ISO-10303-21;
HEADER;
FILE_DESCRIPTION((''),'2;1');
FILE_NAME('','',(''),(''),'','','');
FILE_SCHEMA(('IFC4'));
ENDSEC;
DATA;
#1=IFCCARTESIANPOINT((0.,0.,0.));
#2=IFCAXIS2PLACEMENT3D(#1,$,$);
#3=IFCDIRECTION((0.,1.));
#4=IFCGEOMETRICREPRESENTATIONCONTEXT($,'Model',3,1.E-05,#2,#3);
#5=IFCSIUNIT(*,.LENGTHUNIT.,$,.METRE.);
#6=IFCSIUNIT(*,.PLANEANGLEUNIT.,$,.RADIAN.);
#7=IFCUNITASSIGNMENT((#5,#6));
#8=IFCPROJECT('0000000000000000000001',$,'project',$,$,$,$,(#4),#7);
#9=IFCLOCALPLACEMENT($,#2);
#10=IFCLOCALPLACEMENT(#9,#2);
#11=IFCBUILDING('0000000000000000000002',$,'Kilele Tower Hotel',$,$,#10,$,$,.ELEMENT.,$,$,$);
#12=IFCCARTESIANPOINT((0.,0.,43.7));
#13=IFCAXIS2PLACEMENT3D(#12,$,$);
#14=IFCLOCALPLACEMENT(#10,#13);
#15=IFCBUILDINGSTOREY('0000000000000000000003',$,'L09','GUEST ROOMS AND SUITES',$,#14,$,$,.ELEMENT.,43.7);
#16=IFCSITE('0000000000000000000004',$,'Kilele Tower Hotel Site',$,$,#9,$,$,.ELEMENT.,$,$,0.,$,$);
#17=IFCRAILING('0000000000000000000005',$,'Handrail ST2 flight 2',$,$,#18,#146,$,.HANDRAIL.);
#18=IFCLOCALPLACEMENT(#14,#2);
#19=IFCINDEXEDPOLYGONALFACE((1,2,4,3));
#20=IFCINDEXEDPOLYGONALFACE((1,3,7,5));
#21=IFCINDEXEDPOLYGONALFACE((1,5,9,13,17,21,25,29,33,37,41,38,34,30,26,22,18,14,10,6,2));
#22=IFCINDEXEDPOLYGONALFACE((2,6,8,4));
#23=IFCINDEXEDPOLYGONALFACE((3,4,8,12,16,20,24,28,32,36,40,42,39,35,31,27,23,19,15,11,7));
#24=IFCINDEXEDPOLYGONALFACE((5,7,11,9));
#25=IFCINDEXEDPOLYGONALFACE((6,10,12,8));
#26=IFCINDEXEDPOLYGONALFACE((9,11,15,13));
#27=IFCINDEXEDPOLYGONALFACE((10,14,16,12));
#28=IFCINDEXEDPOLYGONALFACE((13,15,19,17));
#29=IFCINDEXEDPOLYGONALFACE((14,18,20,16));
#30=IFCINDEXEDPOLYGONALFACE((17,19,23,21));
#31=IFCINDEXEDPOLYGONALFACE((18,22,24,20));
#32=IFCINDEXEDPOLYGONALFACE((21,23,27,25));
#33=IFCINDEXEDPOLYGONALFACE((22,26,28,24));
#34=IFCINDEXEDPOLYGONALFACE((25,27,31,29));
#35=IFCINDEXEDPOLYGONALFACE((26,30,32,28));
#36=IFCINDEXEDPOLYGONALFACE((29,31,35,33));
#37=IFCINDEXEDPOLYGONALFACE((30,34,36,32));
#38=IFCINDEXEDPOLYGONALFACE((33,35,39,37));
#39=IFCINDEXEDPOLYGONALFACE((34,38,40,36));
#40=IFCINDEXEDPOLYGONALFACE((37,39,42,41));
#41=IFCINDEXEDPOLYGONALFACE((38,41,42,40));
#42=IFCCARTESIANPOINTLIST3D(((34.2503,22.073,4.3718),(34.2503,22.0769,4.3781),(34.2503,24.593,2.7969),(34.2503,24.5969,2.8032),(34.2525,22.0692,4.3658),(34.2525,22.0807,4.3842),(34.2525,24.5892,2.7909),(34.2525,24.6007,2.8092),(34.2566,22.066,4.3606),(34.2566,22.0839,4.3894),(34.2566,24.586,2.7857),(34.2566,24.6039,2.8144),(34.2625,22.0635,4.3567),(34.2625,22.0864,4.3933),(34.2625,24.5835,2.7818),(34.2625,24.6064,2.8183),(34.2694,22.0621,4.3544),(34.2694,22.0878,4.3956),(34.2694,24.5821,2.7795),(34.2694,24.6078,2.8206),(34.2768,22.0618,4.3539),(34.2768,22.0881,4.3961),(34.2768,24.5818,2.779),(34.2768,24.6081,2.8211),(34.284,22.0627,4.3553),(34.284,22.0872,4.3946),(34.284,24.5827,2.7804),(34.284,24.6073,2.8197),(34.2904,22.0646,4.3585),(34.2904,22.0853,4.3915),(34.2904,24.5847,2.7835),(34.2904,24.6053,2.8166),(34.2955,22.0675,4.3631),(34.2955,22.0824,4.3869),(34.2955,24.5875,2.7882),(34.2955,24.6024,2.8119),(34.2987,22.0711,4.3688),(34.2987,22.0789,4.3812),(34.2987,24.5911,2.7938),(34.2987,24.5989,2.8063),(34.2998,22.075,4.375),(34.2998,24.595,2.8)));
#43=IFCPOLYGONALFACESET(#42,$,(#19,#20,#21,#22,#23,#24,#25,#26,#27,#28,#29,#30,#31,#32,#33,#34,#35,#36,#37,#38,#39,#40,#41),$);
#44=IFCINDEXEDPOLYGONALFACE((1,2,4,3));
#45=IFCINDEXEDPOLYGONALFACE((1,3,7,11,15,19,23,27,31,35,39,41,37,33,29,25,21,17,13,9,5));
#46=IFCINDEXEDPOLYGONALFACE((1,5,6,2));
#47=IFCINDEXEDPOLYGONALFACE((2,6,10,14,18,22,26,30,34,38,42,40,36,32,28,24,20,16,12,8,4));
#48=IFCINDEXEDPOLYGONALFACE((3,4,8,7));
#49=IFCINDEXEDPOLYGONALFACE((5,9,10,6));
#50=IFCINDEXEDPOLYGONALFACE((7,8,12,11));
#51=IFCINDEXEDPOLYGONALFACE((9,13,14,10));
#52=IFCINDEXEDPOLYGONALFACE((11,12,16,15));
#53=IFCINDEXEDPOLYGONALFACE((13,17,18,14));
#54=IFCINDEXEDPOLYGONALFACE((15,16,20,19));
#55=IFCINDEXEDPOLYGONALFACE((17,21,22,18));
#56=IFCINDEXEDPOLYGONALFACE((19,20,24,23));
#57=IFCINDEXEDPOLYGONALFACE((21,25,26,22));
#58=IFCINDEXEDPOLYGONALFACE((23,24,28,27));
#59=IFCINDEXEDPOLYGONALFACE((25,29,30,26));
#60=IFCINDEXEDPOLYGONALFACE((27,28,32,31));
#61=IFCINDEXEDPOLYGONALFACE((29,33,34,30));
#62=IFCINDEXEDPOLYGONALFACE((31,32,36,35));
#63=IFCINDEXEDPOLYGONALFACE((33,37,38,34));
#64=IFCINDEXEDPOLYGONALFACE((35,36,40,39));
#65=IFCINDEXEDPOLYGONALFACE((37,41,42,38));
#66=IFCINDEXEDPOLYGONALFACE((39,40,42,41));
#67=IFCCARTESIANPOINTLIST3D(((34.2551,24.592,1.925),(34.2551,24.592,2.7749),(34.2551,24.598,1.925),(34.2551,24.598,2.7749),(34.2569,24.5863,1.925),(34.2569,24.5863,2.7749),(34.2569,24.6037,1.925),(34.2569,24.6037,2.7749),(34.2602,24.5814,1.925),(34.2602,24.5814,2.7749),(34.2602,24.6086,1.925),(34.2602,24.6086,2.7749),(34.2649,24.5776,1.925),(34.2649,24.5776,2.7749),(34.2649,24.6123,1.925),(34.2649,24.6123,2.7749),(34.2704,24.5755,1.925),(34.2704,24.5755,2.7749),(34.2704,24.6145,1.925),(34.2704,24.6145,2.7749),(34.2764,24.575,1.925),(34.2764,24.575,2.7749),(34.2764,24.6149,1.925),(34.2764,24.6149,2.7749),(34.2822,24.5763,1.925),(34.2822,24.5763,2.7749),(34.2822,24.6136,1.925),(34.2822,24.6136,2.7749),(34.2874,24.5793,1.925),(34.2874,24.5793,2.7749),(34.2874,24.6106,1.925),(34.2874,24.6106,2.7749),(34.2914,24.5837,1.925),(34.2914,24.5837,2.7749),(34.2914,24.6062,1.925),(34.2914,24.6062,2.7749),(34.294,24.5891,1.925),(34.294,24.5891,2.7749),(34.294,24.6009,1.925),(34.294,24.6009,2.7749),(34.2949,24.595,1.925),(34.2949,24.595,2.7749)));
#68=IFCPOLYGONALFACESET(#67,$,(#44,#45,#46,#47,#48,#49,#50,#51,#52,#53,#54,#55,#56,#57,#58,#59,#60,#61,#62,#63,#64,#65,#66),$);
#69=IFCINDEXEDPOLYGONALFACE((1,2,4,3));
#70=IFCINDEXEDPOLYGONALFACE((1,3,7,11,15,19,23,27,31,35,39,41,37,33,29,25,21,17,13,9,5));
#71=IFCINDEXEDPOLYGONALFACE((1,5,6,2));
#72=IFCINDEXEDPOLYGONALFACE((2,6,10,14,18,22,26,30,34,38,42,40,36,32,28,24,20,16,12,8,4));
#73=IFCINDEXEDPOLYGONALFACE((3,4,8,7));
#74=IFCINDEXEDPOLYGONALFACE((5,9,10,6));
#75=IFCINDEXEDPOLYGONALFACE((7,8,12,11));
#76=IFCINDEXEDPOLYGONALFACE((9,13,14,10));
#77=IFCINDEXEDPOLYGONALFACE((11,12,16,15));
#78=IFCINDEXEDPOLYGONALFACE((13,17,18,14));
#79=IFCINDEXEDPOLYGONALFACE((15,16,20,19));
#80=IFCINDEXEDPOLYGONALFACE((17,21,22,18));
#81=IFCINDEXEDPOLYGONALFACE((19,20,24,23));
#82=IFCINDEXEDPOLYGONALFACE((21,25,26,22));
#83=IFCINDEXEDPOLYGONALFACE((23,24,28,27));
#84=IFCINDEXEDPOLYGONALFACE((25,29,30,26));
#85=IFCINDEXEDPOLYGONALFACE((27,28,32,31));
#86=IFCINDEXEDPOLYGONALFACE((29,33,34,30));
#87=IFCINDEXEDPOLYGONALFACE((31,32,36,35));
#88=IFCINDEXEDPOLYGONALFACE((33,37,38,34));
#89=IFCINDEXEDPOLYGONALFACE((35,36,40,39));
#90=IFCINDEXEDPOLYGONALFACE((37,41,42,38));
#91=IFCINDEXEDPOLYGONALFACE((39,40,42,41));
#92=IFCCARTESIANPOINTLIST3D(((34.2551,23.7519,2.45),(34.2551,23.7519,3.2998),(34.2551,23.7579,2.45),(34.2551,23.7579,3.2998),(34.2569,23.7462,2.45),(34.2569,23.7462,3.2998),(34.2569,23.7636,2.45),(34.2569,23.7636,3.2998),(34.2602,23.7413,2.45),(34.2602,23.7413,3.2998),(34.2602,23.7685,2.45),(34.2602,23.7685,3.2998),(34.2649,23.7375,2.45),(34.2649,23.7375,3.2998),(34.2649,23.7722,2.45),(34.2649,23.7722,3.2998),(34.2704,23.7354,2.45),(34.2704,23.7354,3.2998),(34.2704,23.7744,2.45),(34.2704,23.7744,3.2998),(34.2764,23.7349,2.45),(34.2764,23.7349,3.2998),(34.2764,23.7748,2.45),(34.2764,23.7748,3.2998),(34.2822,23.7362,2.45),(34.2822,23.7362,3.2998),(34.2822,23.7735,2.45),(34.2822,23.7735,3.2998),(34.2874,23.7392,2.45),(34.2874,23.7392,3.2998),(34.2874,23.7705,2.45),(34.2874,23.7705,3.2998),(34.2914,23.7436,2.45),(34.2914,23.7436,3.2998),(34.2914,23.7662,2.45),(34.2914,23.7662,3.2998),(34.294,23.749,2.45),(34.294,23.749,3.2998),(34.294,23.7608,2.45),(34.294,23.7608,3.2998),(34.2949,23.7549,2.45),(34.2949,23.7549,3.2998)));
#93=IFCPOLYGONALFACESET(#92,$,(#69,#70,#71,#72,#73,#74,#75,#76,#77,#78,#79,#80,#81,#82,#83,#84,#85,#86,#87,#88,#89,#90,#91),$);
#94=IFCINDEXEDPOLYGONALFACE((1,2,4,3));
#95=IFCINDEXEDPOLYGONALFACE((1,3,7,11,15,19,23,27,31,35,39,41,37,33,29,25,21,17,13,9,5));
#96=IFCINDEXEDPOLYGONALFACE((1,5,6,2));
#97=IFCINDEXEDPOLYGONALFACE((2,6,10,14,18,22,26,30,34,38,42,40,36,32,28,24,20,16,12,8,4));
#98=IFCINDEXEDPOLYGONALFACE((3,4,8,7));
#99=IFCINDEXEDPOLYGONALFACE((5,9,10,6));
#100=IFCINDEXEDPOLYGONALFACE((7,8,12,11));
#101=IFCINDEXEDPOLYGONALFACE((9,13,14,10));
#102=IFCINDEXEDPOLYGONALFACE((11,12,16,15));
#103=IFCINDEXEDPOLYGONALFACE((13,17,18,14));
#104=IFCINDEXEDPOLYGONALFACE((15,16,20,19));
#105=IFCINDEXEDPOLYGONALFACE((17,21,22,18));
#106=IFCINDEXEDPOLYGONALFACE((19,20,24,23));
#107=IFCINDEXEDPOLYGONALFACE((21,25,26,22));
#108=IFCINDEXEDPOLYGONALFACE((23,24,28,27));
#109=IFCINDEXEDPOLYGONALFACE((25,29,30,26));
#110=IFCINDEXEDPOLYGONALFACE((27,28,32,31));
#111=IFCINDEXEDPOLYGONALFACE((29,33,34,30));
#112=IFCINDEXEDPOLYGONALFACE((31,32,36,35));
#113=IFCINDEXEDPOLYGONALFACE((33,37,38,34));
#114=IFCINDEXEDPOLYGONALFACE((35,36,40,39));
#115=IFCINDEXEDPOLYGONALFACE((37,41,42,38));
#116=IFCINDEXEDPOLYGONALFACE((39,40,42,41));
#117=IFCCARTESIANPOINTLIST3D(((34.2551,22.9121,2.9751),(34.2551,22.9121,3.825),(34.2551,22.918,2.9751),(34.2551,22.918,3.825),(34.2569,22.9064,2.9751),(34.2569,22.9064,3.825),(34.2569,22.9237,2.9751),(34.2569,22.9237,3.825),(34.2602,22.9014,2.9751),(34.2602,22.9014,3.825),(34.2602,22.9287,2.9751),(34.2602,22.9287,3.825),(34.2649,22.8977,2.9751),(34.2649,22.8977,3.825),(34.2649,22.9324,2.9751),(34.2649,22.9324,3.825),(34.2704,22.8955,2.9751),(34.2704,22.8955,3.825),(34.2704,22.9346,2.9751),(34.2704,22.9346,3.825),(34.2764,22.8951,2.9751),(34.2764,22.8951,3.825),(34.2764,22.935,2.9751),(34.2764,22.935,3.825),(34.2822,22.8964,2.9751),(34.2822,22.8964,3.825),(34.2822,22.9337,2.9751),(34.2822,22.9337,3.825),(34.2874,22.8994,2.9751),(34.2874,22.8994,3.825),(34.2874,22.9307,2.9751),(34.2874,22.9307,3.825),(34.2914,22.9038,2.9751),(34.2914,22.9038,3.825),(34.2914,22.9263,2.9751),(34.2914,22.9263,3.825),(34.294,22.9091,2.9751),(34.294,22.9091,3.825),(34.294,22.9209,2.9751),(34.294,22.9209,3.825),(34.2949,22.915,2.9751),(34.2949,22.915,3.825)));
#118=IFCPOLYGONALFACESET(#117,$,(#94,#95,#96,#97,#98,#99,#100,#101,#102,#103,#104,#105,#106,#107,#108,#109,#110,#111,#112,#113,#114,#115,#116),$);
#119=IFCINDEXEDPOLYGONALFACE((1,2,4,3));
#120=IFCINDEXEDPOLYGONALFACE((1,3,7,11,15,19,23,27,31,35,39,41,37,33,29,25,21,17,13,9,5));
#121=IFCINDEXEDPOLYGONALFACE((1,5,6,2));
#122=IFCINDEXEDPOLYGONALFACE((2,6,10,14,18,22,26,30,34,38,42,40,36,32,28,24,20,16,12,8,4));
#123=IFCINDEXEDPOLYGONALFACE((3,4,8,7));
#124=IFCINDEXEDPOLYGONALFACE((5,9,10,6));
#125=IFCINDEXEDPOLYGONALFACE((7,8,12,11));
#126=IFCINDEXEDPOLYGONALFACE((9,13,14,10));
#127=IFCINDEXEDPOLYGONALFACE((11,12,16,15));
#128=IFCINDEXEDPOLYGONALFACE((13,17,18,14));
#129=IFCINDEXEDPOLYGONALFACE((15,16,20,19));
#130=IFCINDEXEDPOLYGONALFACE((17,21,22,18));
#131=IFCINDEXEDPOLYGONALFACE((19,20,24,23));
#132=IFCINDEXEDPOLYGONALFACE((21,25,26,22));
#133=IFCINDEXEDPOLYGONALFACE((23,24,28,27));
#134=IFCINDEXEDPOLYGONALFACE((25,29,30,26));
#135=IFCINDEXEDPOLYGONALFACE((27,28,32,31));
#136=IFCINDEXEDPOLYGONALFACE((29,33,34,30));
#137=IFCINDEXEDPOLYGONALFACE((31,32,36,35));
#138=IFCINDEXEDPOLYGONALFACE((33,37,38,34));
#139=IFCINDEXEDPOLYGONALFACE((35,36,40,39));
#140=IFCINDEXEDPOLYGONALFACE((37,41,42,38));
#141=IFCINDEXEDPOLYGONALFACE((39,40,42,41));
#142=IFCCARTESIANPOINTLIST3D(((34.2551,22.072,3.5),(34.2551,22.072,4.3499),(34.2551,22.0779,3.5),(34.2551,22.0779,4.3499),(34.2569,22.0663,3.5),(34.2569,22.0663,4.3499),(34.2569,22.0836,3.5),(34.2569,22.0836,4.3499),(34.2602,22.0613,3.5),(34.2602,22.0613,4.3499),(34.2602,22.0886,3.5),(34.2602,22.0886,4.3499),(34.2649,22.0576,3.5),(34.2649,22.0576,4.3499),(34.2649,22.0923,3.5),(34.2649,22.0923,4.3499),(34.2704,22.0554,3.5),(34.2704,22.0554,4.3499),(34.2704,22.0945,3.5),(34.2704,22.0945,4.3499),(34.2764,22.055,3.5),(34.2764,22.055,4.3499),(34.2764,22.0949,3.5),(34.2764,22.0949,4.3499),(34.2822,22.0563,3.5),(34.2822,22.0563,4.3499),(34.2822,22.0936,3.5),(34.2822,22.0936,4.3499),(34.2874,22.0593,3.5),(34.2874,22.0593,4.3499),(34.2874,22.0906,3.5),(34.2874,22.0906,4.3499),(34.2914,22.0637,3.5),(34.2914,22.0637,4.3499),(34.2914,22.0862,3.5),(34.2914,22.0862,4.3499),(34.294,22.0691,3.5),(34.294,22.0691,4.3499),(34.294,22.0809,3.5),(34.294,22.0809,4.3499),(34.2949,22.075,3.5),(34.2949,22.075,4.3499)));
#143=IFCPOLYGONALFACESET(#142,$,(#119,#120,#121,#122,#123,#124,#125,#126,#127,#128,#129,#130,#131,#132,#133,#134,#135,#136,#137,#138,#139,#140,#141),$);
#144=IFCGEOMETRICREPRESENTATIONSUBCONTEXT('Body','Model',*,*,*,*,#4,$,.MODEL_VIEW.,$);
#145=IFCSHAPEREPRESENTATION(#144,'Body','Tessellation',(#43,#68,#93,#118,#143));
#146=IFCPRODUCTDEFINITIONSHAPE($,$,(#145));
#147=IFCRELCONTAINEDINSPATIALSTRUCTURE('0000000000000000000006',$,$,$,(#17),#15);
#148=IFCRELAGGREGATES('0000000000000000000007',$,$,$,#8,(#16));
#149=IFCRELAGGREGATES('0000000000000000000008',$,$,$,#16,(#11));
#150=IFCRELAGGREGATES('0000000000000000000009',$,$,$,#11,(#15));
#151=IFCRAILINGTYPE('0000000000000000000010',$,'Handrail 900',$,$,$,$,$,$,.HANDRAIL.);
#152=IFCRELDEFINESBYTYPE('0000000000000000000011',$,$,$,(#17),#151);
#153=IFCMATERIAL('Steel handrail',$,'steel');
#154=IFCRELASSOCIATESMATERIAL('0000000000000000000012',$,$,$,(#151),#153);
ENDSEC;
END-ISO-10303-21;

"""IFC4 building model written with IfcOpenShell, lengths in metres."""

from ifc_helpers import new_model, si_unit, direction, frame, origin, origin_2d, place, context, subcontext, project, spatial, circle, extrude, material, type_object, element, save


model = new_model("IFC4")

# Units and contexts
model_context = context("Model", 3, precision=1e-05, world=origin(), true_north=direction((0.0, 1.0)))
body_context = subcontext(model_context, "Body", "Model", "MODEL_VIEW")
ifc_project = project(units=[si_unit("LENGTHUNIT", "METRE"), si_unit("PLANEANGLEUNIT", "RADIAN")], contexts=[model_context])

# Site, building, storey
site_placement = place(None, origin())
site = spatial("IfcSite", under=ifc_project, at=site_placement, Name="Kilele Tower Hotel Site", CompositionType="ELEMENT", RefElevation=0.0)
building_placement = place(site_placement, origin())
building = spatial("IfcBuilding", under=site, at=building_placement, Name="Kilele Tower Hotel", CompositionType="ELEMENT")
storey_placement = place(building_placement, frame((0.0, 0.0, 43.7)))
storey = spatial("IfcBuildingStorey", under=building, at=storey_placement, Name="L09", Description="GUEST ROOMS AND SUITES", CompositionType="ELEMENT", Elevation=43.7)

# Railing
ifc_material_1 = material(Name="Steel handrail", Category="steel")
railing_type_1 = type_object("IfcRailingType", Name="Handrail 900", PredefinedType="HANDRAIL", material=ifc_material_1)
for number, where, name in (
    (1, (34.2749, 24.595, 1.925), "Handrail ST2 flight 2"),
):
    element("IfcRailing", number, at=place(storey_placement, frame(where)), inside=storey, type_object=railing_type_1, Name=name, PredefinedType="HANDRAIL", context=body_context, shape_type="SweptSolid", body=[
        extrude(circle(Radius=0.0249, at=origin_2d()), frame((0.0, 0.0, 0.875), z_axis=(0.0, -0.848008, 0.529984), x_axis=(1.0, 0.0, 0.0)), (0.0, 0.0, 1.0), 2.9717),
        extrude(circle(Radius=0.02, at=origin_2d()), origin(), (0.0, 0.0, 1.0), 0.8499),
        extrude(circle(Radius=0.02, at=origin_2d()), frame((0.0, -0.8401, 0.5249)), (0.0, 0.0, 1.0), 0.8499),
        extrude(circle(Radius=0.02, at=origin_2d()), frame((0.0, -1.6799, 1.05)), (0.0, 0.0, 1.0), 0.8499),
        extrude(circle(Radius=0.02, at=origin_2d()), frame((0.0, -2.52, 1.575)), (0.0, 0.0, 1.0), 0.8499),
    ])

save(model, "model.ifc")
